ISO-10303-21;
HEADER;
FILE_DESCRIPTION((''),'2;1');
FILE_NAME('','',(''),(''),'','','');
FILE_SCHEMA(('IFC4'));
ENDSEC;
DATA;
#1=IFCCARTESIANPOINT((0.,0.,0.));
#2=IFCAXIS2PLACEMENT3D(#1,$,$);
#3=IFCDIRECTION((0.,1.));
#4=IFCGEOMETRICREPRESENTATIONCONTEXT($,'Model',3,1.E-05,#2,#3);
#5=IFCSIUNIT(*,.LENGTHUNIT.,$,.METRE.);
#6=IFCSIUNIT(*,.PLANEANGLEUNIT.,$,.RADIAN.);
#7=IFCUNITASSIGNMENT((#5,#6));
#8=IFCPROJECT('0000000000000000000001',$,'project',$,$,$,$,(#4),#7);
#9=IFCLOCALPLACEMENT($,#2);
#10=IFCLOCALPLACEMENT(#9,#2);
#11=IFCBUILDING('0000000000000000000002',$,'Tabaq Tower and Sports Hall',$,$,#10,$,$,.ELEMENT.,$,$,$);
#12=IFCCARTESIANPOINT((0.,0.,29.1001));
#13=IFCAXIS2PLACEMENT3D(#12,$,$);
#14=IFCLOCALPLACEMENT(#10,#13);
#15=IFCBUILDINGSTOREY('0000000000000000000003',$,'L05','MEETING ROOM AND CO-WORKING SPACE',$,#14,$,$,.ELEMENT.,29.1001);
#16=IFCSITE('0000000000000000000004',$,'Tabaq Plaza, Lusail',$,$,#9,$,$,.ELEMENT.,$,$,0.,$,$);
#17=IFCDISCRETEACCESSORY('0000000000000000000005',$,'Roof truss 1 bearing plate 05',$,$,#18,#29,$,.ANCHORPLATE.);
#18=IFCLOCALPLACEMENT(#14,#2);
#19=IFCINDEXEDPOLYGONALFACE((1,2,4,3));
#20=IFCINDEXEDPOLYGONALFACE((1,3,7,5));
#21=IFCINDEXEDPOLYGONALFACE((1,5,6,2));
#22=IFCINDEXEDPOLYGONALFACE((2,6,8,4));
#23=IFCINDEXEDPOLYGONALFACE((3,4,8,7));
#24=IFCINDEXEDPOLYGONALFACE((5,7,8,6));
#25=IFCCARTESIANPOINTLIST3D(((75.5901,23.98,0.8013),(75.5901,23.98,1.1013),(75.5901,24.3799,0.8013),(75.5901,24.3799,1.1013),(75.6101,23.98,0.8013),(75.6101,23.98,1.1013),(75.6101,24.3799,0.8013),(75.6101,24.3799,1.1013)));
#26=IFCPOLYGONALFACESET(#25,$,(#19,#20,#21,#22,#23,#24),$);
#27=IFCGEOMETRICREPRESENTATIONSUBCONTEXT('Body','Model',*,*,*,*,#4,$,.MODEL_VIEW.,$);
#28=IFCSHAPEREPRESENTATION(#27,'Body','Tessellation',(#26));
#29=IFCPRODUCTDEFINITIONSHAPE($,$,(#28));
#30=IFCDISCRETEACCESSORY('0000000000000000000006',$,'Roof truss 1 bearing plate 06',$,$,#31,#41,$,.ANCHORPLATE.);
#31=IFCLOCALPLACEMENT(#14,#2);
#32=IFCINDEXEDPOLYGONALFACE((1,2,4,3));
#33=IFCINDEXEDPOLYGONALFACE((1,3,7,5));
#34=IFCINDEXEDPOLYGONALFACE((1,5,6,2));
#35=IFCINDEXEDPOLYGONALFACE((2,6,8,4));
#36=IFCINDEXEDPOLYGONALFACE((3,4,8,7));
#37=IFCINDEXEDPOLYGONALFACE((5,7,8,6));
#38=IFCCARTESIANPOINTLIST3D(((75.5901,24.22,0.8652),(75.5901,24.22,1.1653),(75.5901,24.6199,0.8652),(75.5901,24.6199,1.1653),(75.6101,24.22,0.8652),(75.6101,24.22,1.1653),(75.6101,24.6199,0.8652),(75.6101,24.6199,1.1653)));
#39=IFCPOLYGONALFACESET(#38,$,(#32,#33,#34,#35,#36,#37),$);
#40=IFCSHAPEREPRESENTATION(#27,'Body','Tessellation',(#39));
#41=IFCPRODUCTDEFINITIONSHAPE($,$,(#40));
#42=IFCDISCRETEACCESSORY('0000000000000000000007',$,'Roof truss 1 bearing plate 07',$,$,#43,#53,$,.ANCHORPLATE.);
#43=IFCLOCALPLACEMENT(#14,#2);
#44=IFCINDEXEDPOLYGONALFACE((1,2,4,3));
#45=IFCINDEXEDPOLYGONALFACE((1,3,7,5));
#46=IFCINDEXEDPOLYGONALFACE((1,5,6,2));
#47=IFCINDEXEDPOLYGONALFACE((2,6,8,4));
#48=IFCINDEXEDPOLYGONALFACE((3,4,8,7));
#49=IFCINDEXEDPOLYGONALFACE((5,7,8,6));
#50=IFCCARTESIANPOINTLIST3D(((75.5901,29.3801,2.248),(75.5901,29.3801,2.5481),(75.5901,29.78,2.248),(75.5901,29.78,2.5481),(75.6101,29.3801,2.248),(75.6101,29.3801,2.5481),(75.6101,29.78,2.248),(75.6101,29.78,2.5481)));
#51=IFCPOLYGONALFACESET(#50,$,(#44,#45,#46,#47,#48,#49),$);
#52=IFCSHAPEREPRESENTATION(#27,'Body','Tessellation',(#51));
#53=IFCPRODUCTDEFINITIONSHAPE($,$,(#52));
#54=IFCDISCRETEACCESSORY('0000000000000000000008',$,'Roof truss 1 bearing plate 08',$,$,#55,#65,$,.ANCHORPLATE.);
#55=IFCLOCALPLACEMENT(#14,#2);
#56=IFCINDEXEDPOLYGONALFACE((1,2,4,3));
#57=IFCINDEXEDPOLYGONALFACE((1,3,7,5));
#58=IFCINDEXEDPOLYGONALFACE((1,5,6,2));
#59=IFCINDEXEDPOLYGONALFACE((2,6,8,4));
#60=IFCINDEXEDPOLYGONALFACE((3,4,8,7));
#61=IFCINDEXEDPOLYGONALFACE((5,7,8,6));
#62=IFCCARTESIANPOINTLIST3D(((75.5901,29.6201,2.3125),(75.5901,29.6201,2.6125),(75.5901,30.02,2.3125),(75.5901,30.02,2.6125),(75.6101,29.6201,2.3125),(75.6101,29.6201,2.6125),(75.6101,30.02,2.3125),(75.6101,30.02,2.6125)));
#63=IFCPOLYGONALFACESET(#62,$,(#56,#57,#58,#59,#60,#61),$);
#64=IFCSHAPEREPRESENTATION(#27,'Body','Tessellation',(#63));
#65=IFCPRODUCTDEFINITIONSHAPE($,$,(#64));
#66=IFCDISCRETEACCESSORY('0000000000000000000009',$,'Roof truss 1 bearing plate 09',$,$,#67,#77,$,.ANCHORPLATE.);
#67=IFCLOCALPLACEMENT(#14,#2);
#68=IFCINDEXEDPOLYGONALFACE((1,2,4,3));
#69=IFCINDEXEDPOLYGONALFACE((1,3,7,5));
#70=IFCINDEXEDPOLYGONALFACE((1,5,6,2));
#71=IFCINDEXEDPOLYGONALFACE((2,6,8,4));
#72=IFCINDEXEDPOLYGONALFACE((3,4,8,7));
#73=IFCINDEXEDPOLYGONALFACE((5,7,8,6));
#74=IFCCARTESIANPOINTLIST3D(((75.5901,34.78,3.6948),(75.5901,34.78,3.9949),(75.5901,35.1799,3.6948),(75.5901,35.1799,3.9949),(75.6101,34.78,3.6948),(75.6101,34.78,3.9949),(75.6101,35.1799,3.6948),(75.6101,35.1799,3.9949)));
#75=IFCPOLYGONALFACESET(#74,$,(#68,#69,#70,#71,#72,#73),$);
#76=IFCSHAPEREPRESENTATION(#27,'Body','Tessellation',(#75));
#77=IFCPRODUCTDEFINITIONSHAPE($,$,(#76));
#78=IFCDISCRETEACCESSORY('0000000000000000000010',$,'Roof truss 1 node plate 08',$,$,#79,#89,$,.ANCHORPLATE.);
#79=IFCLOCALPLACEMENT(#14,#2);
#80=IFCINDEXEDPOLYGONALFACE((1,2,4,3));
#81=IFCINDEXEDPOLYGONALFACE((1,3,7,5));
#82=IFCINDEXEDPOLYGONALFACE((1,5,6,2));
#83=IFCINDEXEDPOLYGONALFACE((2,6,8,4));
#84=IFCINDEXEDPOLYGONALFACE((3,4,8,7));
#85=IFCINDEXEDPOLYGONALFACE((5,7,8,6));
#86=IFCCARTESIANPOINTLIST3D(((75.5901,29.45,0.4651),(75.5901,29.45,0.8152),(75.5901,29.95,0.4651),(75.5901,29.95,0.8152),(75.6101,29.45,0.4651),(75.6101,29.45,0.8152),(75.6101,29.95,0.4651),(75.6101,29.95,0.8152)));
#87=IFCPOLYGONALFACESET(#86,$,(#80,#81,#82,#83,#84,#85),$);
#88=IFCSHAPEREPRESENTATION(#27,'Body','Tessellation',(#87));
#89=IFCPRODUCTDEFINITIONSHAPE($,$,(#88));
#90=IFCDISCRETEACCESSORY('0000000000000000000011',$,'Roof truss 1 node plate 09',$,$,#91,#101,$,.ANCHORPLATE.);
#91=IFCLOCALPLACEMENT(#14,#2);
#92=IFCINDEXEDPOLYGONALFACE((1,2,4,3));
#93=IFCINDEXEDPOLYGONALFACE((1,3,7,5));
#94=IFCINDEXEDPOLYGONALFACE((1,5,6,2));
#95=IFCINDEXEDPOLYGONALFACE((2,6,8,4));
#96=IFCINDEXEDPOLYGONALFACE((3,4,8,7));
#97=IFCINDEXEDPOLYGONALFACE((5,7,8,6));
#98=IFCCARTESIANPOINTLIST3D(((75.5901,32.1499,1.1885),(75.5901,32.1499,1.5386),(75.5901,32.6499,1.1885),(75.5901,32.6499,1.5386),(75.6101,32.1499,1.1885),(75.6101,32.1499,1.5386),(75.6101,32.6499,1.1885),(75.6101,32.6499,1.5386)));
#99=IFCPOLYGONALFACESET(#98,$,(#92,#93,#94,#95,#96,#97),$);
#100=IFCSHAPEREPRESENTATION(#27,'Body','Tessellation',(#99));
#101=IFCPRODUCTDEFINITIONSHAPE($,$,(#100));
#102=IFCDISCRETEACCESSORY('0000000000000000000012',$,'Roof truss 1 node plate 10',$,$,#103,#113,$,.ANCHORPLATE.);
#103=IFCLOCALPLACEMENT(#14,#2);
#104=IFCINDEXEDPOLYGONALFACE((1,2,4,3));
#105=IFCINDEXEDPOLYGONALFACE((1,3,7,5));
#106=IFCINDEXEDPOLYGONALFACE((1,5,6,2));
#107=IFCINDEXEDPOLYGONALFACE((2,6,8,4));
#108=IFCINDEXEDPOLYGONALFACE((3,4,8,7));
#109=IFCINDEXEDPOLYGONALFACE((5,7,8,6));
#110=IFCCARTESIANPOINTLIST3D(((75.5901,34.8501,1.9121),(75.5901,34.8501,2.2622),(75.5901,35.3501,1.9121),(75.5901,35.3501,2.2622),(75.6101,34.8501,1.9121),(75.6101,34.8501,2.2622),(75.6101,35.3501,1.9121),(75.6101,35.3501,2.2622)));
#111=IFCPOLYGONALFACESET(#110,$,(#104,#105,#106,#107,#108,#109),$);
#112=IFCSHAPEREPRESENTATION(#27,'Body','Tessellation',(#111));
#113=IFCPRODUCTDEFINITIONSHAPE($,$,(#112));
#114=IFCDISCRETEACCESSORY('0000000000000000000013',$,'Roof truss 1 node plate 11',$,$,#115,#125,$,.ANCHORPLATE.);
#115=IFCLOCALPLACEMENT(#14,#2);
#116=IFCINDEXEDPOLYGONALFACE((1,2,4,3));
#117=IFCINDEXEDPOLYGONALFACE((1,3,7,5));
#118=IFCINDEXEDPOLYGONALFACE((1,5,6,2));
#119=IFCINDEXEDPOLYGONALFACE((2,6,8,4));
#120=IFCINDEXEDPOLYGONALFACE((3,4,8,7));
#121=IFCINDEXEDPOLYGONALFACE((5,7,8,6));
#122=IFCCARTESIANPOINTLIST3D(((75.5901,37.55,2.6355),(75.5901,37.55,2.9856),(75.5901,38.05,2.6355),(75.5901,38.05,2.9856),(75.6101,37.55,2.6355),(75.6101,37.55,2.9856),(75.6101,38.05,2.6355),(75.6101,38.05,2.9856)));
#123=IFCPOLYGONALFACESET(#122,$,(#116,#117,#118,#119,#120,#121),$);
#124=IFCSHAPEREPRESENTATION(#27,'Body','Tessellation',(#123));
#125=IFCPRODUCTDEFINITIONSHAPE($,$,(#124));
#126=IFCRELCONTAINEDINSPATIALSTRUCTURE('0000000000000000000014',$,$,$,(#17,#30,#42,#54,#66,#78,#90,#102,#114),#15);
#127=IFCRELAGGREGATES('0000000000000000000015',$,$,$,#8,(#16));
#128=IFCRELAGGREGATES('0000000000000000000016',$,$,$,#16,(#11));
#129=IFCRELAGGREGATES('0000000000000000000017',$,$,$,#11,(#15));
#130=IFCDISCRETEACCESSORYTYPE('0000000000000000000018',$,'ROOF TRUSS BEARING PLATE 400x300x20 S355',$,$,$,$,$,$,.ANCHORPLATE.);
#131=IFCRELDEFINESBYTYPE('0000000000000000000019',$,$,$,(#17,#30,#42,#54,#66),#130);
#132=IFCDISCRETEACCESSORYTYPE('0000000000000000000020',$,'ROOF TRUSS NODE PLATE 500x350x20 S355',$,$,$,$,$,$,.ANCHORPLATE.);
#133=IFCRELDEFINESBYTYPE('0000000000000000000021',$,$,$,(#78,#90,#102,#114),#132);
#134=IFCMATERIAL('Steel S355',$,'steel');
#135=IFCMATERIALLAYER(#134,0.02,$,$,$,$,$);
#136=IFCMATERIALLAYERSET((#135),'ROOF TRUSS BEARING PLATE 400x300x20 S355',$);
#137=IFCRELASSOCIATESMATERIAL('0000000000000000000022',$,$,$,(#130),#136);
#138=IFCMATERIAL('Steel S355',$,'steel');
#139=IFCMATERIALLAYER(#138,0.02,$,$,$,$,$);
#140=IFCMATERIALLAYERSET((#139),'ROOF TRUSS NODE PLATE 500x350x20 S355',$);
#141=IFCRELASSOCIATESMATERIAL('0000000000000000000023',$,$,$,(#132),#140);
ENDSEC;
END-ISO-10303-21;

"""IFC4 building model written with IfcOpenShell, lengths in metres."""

from ifc_helpers import new_model, si_unit, direction, frame, origin, origin_2d, place, context, subcontext, project, spatial, rectangle, extrude, material, layer, layer_set, type_object, element, save


model = new_model("IFC4")

# Units and contexts
model_context = context("Model", 3, precision=1e-05, world=origin(), true_north=direction((0.0, 1.0)))
body_context = subcontext(model_context, "Body", "Model", "MODEL_VIEW")
ifc_project = project(units=[si_unit("LENGTHUNIT", "METRE"), si_unit("PLANEANGLEUNIT", "RADIAN")], contexts=[model_context])

# Site, building, storey
site_placement = place(None, origin())
site = spatial("IfcSite", under=ifc_project, at=site_placement, Name="Tabaq Plaza, Lusail", CompositionType="ELEMENT", RefElevation=0.0)
building_placement = place(site_placement, origin())
building = spatial("IfcBuilding", under=site, at=building_placement, Name="Tabaq Tower and Sports Hall", CompositionType="ELEMENT")
storey_placement = place(building_placement, frame((0.0, 0.0, 29.1001)))
storey = spatial("IfcBuildingStorey", under=building, at=storey_placement, Name="L05", Description="MEETING ROOM AND CO-WORKING SPACE", CompositionType="ELEMENT", Elevation=29.1001)

# Discrete accessories
ifc_material_1 = material(Name="Steel S355", Category="steel")
ifc_layer_1 = layer(ifc_material_1, 0.02)
ifc_layer_set_1 = layer_set([ifc_layer_1], Name="ROOF TRUSS BEARING PLATE 400x300x20 S355")
discrete_accessory_type_1 = type_object("IfcDiscreteAccessoryType", Name="ROOF TRUSS BEARING PLATE 400x300x20 S355", PredefinedType="ANCHORPLATE", material=ifc_layer_set_1)
for number, where, z_axis, x_axis, name in (
    (1, (75.6001, 24.1799, 0.8013), (0.0, 0.0, 1.0), (1.0, 0.0, 0.0), "Roof truss 1 bearing plate 05"),
    (2, (75.6001, 24.4199, 0.8652), (0.0, 0.0, 1.0), (1.0, 0.0, 0.0), "Roof truss 1 bearing plate 06"),
    (3, (75.6001, 29.5801, 2.248), (0.0, 0.0, 1.0), (1.0, 0.0, 0.0), "Roof truss 1 bearing plate 07"),
    (4, (75.6001, 29.8201, 2.3125), (0.0, 0.0, 1.0), (1.0, 0.0, 0.0), "Roof truss 1 bearing plate 08"),
    (5, (75.6001, 34.98, 3.6948), (0.0, 0.0, 1.0), (1.0, 0.0, 0.0), "Roof truss 1 bearing plate 09"),
):
    element("IfcDiscreteAccessory", number, at=place(storey_placement, frame(where, z_axis=z_axis, x_axis=x_axis)), inside=storey, type_object=discrete_accessory_type_1, Name=name, PredefinedType="ANCHORPLATE", context=body_context, shape_type="SweptSolid", body=[
        extrude(rectangle(XDim=0.02, YDim=0.3999, at=origin_2d()), origin(), (0.0, 0.0, 1.0), 0.3),
    ])
ifc_material_2 = material(Name="Steel S355", Category="steel")
ifc_layer_2 = layer(ifc_material_2, 0.02)
ifc_layer_set_2 = layer_set([ifc_layer_2], Name="ROOF TRUSS NODE PLATE 500x350x20 S355")
discrete_accessory_type_2 = type_object("IfcDiscreteAccessoryType", Name="ROOF TRUSS NODE PLATE 500x350x20 S355", PredefinedType="ANCHORPLATE", material=ifc_layer_set_2)
for number, where, z_axis, x_axis, name in (
    (6, (75.6001, 29.7, 0.4651), (0.0, 0.0, 1.0), (1.0, 0.0, 0.0), "Roof truss 1 node plate 08"),
    (7, (75.6001, 32.3999, 1.1885), (0.0, 0.0, 1.0), (1.0, 0.0, 0.0), "Roof truss 1 node plate 09"),
    (8, (75.6001, 35.1001, 1.9121), (0.0, 0.0, 1.0), (1.0, 0.0, 0.0), "Roof truss 1 node plate 10"),
    (9, (75.6001, 37.8, 2.6355), (0.0, 0.0, 1.0), (1.0, 0.0, 0.0), "Roof truss 1 node plate 11"),
):
    element("IfcDiscreteAccessory", number, at=place(storey_placement, frame(where, z_axis=z_axis, x_axis=x_axis)), inside=storey, type_object=discrete_accessory_type_2, Name=name, PredefinedType="ANCHORPLATE", context=body_context, shape_type="SweptSolid", body=[
        extrude(rectangle(XDim=0.02, YDim=0.5, at=origin_2d()), origin(), (0.0, 0.0, 1.0), 0.3501),
    ])

save(model, "model.ifc")
